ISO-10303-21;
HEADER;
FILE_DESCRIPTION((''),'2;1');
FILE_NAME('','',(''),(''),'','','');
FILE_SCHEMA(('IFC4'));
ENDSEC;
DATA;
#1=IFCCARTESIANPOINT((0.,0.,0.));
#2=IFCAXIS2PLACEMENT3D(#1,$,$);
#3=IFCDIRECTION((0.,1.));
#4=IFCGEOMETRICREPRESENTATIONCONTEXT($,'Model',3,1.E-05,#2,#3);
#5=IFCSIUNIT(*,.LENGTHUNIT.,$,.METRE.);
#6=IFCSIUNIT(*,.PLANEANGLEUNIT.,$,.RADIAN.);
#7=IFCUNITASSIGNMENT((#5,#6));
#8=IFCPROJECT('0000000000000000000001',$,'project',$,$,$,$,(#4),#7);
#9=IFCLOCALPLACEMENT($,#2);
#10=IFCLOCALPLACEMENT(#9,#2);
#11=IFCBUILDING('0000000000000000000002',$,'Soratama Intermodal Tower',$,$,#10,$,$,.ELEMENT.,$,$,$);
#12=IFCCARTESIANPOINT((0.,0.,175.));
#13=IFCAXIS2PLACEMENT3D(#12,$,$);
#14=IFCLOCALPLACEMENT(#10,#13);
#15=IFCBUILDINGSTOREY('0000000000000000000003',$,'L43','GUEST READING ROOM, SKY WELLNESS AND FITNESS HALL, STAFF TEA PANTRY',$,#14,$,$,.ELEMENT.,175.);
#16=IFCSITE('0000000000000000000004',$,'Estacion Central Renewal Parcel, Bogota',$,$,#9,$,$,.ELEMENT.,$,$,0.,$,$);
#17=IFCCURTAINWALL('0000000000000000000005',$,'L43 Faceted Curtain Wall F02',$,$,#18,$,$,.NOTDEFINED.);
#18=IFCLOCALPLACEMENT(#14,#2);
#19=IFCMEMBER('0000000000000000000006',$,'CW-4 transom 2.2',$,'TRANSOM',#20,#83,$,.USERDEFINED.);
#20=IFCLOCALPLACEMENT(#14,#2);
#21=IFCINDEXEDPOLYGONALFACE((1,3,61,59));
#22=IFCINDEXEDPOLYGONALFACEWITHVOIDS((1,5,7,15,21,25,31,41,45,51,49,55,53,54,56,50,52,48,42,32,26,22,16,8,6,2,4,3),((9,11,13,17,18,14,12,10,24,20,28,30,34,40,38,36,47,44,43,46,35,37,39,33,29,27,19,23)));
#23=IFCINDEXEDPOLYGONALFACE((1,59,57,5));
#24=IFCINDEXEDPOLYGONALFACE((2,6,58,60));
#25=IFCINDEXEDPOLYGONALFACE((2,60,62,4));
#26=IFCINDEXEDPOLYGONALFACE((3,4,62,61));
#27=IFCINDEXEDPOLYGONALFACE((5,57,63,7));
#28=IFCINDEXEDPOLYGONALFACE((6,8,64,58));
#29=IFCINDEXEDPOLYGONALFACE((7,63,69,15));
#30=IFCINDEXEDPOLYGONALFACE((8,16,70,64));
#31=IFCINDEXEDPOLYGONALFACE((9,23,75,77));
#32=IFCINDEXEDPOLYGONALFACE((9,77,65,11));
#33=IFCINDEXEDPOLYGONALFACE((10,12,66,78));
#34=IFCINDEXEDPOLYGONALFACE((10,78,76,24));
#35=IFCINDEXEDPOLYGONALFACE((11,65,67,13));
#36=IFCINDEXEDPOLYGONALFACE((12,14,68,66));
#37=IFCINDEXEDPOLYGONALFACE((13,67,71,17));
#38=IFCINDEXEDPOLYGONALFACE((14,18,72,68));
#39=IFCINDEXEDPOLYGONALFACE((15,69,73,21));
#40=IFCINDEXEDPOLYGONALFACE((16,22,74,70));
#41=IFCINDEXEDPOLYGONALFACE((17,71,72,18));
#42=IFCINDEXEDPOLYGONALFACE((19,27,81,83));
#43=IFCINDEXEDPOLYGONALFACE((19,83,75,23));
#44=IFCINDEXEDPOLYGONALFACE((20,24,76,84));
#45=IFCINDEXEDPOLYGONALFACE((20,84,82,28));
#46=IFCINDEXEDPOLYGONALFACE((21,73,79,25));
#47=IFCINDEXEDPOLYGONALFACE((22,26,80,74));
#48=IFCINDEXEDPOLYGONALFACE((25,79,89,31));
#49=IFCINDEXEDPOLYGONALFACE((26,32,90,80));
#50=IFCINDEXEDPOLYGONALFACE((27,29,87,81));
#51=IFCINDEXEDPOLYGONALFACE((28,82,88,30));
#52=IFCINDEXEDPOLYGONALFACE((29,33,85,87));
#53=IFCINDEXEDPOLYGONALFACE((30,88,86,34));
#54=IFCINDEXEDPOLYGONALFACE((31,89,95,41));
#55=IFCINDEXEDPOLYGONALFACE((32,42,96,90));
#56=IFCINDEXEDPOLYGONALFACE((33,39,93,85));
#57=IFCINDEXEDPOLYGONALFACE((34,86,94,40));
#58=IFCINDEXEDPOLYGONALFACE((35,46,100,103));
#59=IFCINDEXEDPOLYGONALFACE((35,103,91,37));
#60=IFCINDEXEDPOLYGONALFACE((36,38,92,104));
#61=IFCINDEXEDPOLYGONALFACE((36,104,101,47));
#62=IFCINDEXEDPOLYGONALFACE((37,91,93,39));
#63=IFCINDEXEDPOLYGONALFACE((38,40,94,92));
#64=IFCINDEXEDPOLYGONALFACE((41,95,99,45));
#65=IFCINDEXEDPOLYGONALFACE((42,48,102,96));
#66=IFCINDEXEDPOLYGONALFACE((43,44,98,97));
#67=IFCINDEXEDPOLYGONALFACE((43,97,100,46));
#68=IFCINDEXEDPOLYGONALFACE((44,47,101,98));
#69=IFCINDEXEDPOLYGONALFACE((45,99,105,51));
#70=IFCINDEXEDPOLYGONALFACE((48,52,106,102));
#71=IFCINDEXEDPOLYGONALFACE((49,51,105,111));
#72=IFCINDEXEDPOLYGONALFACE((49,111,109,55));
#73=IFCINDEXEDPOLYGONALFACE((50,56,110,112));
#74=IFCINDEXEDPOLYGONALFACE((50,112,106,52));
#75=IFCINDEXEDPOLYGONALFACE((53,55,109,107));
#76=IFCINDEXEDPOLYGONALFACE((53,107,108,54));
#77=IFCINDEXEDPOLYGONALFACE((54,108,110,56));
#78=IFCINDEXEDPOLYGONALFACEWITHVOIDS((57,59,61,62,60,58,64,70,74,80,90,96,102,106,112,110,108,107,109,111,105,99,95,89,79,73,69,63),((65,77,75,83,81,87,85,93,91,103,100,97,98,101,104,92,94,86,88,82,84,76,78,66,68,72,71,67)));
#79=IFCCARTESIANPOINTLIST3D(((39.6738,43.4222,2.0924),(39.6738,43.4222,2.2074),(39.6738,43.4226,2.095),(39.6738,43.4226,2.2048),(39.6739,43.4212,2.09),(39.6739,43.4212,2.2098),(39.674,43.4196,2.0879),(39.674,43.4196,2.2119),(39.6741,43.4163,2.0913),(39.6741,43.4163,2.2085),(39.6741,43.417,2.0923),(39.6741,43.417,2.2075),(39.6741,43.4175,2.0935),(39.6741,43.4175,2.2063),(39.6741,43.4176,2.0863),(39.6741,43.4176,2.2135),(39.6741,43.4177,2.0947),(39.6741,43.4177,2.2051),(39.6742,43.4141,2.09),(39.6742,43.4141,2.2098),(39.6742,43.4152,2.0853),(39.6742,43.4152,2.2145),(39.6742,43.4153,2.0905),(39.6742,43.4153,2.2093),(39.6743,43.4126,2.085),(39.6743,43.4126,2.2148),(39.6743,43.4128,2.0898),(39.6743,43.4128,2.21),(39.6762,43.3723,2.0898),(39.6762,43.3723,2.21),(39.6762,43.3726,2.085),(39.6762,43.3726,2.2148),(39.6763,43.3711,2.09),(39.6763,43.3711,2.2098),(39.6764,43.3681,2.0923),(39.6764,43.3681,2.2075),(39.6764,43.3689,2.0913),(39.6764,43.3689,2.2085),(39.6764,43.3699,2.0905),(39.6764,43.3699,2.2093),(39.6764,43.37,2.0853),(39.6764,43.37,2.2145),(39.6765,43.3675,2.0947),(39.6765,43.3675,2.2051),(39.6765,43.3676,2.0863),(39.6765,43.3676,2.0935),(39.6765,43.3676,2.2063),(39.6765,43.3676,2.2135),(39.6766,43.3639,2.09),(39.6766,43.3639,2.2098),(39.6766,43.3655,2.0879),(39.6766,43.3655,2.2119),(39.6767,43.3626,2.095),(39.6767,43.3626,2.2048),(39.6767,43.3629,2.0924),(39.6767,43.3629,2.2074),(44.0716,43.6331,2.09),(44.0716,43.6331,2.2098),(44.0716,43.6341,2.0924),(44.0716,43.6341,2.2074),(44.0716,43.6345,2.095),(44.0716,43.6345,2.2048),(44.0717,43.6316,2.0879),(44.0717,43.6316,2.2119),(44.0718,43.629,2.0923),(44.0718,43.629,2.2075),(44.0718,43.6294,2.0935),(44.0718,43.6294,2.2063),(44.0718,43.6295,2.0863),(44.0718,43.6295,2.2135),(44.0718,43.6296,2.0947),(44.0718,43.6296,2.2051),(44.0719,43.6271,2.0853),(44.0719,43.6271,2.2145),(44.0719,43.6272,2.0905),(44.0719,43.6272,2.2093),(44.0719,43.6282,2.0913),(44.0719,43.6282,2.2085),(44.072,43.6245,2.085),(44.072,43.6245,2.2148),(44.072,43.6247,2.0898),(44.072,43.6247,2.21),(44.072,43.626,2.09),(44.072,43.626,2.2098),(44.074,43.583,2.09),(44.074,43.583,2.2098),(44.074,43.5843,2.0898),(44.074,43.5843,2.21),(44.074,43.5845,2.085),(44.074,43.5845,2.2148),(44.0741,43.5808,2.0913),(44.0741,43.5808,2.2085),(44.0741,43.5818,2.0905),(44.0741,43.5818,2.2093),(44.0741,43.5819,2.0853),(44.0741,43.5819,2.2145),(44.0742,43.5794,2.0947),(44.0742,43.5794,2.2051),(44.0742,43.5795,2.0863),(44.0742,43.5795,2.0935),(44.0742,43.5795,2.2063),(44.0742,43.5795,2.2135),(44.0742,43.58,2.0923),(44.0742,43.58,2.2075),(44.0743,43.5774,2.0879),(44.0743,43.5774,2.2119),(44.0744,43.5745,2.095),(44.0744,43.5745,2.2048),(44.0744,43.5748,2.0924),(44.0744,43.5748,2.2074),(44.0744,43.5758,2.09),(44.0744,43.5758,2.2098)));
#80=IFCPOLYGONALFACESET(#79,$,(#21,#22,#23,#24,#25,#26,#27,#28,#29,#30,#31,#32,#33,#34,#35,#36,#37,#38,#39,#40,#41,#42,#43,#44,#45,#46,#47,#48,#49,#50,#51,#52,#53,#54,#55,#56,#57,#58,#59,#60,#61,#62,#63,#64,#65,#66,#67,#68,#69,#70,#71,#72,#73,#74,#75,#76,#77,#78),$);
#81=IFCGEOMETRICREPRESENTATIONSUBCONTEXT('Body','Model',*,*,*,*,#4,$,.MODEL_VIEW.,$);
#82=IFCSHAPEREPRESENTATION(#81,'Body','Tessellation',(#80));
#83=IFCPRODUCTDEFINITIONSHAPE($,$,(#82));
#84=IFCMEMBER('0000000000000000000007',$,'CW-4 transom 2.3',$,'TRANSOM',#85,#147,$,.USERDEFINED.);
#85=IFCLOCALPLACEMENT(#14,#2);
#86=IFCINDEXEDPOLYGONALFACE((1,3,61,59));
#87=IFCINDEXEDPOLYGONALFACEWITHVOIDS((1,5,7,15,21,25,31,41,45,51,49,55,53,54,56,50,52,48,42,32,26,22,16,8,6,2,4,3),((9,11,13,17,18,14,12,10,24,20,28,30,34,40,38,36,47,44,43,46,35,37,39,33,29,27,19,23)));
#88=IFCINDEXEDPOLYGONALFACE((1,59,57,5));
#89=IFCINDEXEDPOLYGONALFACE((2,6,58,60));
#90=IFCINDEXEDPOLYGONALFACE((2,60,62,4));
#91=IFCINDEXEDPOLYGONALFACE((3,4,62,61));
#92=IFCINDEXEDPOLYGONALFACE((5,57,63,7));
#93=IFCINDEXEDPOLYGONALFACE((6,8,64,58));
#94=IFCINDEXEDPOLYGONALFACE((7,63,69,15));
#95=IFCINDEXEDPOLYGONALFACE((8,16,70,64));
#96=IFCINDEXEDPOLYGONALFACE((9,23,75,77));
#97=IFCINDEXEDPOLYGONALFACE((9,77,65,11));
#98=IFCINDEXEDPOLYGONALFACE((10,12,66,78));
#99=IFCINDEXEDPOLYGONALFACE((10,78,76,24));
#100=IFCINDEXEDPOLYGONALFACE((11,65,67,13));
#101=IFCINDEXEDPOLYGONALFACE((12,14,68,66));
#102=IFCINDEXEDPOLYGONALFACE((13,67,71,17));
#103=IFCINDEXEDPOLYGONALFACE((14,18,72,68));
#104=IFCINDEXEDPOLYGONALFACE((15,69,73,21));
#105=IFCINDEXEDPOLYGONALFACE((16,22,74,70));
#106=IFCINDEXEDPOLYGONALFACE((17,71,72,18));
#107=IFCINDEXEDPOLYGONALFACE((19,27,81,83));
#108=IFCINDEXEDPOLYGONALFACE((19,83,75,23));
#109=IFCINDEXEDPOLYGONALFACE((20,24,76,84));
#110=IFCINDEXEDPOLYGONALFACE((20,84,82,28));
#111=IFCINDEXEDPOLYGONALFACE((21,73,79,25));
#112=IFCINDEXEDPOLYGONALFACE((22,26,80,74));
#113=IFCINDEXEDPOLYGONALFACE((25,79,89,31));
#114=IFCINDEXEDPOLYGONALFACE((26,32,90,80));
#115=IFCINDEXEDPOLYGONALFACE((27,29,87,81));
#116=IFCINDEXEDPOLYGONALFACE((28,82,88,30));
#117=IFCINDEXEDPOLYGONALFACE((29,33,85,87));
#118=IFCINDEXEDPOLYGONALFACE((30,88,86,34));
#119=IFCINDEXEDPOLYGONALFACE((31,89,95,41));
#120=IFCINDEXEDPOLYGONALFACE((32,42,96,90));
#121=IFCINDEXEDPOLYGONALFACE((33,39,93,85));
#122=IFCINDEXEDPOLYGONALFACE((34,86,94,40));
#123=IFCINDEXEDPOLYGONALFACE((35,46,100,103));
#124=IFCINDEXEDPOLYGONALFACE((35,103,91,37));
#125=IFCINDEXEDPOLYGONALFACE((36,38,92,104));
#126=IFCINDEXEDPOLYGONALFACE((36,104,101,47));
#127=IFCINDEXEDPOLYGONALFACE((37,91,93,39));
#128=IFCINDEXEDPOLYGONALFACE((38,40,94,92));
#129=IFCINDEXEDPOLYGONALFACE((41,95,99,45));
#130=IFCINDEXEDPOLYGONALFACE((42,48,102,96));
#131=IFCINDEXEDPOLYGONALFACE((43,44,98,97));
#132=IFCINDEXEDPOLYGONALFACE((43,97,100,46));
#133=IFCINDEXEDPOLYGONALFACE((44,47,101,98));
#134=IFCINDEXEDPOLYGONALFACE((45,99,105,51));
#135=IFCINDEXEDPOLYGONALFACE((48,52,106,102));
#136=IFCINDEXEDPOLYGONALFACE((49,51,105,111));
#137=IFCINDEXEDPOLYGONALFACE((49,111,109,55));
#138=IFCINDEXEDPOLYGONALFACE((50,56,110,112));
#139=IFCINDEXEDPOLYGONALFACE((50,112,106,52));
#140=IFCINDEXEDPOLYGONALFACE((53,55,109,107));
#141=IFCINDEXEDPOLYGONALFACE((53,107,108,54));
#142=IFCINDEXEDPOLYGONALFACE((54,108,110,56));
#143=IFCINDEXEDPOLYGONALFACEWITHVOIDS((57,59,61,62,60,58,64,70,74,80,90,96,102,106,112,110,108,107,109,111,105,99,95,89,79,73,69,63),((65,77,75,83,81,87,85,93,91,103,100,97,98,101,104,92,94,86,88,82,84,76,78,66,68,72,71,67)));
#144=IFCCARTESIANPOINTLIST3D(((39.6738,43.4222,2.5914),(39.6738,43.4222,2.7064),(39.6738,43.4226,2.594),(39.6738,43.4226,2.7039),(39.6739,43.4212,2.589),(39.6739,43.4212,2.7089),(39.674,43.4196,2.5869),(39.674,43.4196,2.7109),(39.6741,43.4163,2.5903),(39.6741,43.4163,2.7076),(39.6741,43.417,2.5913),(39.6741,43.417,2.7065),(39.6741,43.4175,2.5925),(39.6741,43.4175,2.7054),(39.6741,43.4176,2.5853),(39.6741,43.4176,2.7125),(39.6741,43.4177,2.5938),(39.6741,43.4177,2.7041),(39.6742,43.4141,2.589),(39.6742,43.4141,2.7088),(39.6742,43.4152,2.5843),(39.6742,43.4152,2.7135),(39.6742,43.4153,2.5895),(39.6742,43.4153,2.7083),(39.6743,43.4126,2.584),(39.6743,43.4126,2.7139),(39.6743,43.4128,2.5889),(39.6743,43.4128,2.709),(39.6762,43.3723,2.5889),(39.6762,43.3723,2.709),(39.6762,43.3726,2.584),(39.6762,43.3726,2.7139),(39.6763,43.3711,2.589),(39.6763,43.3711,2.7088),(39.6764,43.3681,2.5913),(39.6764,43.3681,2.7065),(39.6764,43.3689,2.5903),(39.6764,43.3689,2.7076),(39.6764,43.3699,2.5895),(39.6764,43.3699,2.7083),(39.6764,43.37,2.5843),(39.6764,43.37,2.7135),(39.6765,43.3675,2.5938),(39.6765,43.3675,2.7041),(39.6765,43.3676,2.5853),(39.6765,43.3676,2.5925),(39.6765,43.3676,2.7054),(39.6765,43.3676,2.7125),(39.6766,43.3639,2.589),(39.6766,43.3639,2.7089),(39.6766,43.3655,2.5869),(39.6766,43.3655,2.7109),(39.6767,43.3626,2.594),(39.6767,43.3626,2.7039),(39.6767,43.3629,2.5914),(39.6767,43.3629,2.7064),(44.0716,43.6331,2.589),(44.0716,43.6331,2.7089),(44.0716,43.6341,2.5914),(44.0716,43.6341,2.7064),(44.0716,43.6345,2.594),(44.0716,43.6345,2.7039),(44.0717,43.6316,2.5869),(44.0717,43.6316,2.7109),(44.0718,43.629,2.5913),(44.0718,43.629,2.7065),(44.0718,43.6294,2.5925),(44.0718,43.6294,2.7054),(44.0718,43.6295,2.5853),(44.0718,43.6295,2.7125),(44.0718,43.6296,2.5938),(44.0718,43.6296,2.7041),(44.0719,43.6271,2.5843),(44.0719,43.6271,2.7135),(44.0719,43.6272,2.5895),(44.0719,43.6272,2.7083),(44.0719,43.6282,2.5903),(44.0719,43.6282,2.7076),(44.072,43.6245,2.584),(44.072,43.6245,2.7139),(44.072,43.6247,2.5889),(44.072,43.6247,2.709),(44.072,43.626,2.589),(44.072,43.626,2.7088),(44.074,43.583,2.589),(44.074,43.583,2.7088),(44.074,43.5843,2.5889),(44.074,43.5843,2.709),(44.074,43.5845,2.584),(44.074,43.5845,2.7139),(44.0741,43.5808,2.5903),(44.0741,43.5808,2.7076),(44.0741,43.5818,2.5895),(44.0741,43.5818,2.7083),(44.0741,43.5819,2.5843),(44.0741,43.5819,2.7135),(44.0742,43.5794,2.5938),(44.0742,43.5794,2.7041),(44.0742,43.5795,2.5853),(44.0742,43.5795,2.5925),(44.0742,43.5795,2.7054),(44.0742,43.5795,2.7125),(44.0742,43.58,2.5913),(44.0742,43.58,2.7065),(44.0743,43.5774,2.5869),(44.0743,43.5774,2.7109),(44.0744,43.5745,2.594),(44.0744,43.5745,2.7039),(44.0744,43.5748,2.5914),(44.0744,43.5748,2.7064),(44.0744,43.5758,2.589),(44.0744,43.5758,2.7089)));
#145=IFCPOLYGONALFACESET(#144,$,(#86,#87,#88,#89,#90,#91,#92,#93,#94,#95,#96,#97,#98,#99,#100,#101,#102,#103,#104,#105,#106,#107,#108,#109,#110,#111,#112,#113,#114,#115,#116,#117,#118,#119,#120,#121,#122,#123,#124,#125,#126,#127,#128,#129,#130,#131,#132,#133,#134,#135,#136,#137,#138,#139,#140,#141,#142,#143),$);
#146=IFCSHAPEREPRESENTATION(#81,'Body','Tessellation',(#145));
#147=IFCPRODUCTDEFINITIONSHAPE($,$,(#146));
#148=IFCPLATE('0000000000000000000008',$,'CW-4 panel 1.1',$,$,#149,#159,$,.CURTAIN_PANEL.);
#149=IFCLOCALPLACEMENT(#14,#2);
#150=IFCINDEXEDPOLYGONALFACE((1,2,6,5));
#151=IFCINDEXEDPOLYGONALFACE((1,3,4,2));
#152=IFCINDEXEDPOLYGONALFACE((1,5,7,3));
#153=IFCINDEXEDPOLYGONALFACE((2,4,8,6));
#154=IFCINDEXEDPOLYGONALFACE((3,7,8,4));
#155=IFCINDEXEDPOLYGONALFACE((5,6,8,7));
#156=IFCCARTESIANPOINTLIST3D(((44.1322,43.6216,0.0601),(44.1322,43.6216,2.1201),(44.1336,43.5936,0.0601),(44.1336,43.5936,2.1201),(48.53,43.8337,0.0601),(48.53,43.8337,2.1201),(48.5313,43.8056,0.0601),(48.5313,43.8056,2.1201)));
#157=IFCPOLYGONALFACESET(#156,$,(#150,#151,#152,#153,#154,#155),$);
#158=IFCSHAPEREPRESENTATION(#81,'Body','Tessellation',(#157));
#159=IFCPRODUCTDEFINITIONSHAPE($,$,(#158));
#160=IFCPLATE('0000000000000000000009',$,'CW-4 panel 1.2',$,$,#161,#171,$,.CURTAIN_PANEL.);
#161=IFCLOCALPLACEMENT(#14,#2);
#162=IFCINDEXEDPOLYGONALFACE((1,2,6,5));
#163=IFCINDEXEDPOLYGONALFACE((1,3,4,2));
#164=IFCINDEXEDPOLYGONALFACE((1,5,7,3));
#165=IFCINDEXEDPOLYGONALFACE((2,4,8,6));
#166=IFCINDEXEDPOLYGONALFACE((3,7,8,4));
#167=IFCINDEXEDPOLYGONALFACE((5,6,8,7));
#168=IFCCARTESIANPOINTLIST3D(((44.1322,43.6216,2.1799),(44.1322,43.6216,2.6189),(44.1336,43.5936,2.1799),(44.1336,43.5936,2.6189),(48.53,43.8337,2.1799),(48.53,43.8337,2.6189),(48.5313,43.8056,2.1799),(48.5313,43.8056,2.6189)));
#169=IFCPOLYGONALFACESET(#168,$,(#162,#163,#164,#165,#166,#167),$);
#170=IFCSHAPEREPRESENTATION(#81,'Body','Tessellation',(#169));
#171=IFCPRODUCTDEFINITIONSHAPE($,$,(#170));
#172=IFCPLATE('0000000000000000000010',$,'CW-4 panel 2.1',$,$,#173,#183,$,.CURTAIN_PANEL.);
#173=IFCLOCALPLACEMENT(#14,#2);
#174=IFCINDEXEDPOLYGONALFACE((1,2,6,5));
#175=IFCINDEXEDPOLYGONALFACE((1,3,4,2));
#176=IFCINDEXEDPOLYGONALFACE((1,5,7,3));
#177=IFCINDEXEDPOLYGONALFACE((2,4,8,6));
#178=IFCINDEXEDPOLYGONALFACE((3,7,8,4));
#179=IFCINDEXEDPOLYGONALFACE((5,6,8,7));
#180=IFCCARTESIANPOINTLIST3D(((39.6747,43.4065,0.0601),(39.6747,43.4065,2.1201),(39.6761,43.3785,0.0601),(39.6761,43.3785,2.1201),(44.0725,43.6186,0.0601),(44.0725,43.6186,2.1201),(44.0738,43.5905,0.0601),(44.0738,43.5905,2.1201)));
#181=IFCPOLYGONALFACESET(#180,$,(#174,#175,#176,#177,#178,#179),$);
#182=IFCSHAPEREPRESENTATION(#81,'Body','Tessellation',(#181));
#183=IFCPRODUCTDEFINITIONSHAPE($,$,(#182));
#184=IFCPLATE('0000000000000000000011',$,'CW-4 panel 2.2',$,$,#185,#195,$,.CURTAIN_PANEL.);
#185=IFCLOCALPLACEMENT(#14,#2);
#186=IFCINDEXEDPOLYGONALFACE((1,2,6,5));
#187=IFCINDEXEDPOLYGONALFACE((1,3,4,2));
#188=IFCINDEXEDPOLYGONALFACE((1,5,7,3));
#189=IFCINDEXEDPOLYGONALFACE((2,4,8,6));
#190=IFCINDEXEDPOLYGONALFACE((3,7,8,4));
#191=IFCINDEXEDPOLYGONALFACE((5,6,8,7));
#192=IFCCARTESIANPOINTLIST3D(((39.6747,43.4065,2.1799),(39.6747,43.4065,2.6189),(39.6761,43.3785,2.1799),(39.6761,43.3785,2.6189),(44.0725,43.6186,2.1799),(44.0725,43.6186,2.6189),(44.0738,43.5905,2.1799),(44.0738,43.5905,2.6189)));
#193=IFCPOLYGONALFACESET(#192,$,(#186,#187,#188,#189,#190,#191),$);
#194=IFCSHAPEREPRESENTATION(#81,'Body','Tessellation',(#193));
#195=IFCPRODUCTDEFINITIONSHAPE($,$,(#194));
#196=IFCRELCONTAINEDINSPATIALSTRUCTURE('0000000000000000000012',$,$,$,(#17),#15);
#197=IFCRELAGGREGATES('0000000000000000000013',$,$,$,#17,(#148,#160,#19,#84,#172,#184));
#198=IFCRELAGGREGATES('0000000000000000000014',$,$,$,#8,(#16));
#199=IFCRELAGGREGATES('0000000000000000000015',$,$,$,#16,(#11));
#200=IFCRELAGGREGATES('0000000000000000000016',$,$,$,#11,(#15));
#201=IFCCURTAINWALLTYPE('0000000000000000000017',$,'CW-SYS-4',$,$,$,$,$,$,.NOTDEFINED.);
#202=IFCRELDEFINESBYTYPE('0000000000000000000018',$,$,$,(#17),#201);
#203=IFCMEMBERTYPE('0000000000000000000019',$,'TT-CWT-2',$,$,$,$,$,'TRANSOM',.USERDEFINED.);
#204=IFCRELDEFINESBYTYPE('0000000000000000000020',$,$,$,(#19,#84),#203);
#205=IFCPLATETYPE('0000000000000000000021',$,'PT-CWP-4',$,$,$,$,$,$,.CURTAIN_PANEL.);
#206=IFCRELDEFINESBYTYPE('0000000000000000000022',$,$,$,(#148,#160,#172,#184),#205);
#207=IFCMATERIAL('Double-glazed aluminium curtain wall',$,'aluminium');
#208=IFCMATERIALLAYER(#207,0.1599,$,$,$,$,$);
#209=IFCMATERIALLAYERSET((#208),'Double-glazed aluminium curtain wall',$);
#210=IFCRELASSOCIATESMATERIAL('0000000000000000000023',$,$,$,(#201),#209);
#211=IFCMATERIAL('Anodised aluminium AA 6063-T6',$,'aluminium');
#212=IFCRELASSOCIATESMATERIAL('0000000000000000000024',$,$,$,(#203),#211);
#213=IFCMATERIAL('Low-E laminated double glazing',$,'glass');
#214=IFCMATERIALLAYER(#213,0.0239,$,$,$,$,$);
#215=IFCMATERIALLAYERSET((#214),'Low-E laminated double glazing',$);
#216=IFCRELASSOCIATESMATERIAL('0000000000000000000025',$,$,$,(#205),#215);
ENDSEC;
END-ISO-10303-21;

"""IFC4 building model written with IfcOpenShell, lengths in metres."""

from ifc_helpers import new_model, si_unit, direction, frame, origin, origin_2d, place, context, subcontext, project, spatial, rectangle, hollow_rectangle, extrude, material, layer, layer_set, material_profile, profile_set, type_object, element, aggregate, save


model = new_model("IFC4")

# Units and contexts
model_context = context("Model", 3, precision=1e-05, world=origin(), true_north=direction((0.0, 1.0)))
body_context = subcontext(model_context, "Body", "Model", "MODEL_VIEW")
ifc_project = project(units=[si_unit("LENGTHUNIT", "METRE"), si_unit("PLANEANGLEUNIT", "RADIAN")], contexts=[model_context])

# Site, building, storey
site_placement = place(None, origin())
site = spatial("IfcSite", under=ifc_project, at=site_placement, Name="Estacion Central Renewal Parcel, Bogota", CompositionType="ELEMENT", RefElevation=0.0)
building_placement = place(site_placement, origin())
building = spatial("IfcBuilding", under=site, at=building_placement, Name="Soratama Intermodal Tower", CompositionType="ELEMENT")
storey_placement = place(building_placement, frame((0.0, 0.0, 175.0)))
storey = spatial("IfcBuildingStorey", under=building, at=storey_placement, Name="L43", Description="GUEST READING ROOM, SKY WELLNESS AND FITNESS HALL, STAFF TEA PANTRY", CompositionType="ELEMENT", Elevation=175.0)

# Curtain wall, members, plates
ifc_material_1 = material(Name="Double-glazed aluminium curtain wall", Category="aluminium")
ifc_layer_1 = layer(ifc_material_1, 0.1599)
ifc_layer_set_1 = layer_set([ifc_layer_1], Name="Double-glazed aluminium curtain wall")
curtain_wall_type = type_object("IfcCurtainWallType", Name="CW-SYS-4", PredefinedType="NOTDEFINED", material=ifc_layer_set_1)
curtain_wall_placement = place(storey_placement, origin())
curtain_wall = element("IfcCurtainWall", 1, at=curtain_wall_placement, inside=storey, type_object=curtain_wall_type, Name="L43 Faceted Curtain Wall F02", PredefinedType="NOTDEFINED")
ifc_material_2 = material(Name="Anodised aluminium AA 6063-T6", Category="aluminium")
ifc_material_profile_1 = material_profile(ifc_material_2, hollow_rectangle(XDim=0.0601, YDim=0.1299, WallThickness=0.0049, InnerFilletRadius=0.0049, OuterFilletRadius=0.01, at=origin_2d()), Name="CWT130X60X5")
ifc_profile_set_1 = profile_set([ifc_material_profile_1], Name="Anodised aluminium AA 6063-T6")
member_type_1 = type_object("IfcMemberType", Name="TT-CWT-2", ElementType="TRANSOM", PredefinedType="USERDEFINED", material=ifc_profile_set_1)
member_1_placement = place(storey_placement, frame((44.073, 43.6045, 2.1499), z_axis=(-0.998841, -0.048132, 0.0), x_axis=(0.048132, -0.998841, 0.0)))
member_1 = element("IfcMember", 2, at=member_1_placement, type_object=member_type_1, Name="CW-4 transom 2.2", ObjectType="TRANSOM", PredefinedType="USERDEFINED", context=body_context, shape_type="SweptSolid", body=[
    extrude(hollow_rectangle(XDim=0.0601, YDim=0.1299, WallThickness=0.0049, InnerFilletRadius=0.0049, OuterFilletRadius=0.01, at=origin_2d()), origin(), (0.0, 0.0, 1.0), 4.4028),
])
member_2_placement = place(storey_placement, frame((44.073, 43.6045, 2.6489), z_axis=(-0.998841, -0.048132, 0.0), x_axis=(0.048132, -0.998841, 0.0)))
member_2 = element("IfcMember", 3, at=member_2_placement, type_object=member_type_1, Name="CW-4 transom 2.3", ObjectType="TRANSOM", PredefinedType="USERDEFINED", context=body_context, shape_type="SweptSolid", body=[
    extrude(hollow_rectangle(XDim=0.0601, YDim=0.1299, WallThickness=0.0049, InnerFilletRadius=0.0049, OuterFilletRadius=0.01, at=origin_2d()), origin(), (0.0, 0.0, 1.0), 4.4028),
])
ifc_material_3 = material(Name="Low-E laminated double glazing", Category="glass")
ifc_layer_2 = layer(ifc_material_3, 0.0239)
ifc_layer_set_2 = layer_set([ifc_layer_2], Name="Low-E laminated double glazing")
plate_type = type_object("IfcPlateType", Name="PT-CWP-4", PredefinedType="CURTAIN_PANEL", material=ifc_layer_set_2)
plate_1_placement = place(storey_placement, frame((46.3318, 43.7136, 0.0601), z_axis=(0.0, 0.0, 1.0), x_axis=(-0.99884, -0.048154, 0.0)))
plate_1 = element("IfcPlate", 4, at=plate_1_placement, type_object=plate_type, Name="CW-4 panel 1.1", PredefinedType="CURTAIN_PANEL", context=body_context, shape_type="SweptSolid", body=[
    extrude(rectangle(XDim=4.4028, YDim=0.0281, at=origin_2d()), origin(), (0.0, 0.0, 1.0), 2.0601),
])
plate_2_placement = place(storey_placement, frame((46.3318, 43.7136, 2.1799), z_axis=(0.0, 0.0, 1.0), x_axis=(-0.99884, -0.048154, 0.0)))
plate_2 = element("IfcPlate", 5, at=plate_2_placement, type_object=plate_type, Name="CW-4 panel 1.2", PredefinedType="CURTAIN_PANEL", context=body_context, shape_type="SweptSolid", body=[
    extrude(rectangle(XDim=4.4028, YDim=0.0281, at=origin_2d()), origin(), (0.0, 0.0, 1.0), 0.439),
])
plate_3_placement = place(storey_placement, frame((41.8743, 43.4985, 0.0601), z_axis=(0.0, 0.0, 1.0), x_axis=(-0.99884, -0.048154, 0.0)))
plate_3 = element("IfcPlate", 6, at=plate_3_placement, type_object=plate_type, Name="CW-4 panel 2.1", PredefinedType="CURTAIN_PANEL", context=body_context, shape_type="SweptSolid", body=[
    extrude(rectangle(XDim=4.4028, YDim=0.0281, at=origin_2d()), origin(), (0.0, 0.0, 1.0), 2.0601),
])
plate_4_placement = place(storey_placement, frame((41.8743, 43.4985, 2.1799), z_axis=(0.0, 0.0, 1.0), x_axis=(-0.99884, -0.048154, 0.0)))
plate_4 = element("IfcPlate", 7, at=plate_4_placement, type_object=plate_type, Name="CW-4 panel 2.2", PredefinedType="CURTAIN_PANEL", context=body_context, shape_type="SweptSolid", body=[
    extrude(rectangle(XDim=4.4028, YDim=0.0281, at=origin_2d()), origin(), (0.0, 0.0, 1.0), 0.439),
])
aggregate(curtain_wall, [plate_1, plate_2, member_1, member_2, plate_3, plate_4])

save(model, "model.ifc")
